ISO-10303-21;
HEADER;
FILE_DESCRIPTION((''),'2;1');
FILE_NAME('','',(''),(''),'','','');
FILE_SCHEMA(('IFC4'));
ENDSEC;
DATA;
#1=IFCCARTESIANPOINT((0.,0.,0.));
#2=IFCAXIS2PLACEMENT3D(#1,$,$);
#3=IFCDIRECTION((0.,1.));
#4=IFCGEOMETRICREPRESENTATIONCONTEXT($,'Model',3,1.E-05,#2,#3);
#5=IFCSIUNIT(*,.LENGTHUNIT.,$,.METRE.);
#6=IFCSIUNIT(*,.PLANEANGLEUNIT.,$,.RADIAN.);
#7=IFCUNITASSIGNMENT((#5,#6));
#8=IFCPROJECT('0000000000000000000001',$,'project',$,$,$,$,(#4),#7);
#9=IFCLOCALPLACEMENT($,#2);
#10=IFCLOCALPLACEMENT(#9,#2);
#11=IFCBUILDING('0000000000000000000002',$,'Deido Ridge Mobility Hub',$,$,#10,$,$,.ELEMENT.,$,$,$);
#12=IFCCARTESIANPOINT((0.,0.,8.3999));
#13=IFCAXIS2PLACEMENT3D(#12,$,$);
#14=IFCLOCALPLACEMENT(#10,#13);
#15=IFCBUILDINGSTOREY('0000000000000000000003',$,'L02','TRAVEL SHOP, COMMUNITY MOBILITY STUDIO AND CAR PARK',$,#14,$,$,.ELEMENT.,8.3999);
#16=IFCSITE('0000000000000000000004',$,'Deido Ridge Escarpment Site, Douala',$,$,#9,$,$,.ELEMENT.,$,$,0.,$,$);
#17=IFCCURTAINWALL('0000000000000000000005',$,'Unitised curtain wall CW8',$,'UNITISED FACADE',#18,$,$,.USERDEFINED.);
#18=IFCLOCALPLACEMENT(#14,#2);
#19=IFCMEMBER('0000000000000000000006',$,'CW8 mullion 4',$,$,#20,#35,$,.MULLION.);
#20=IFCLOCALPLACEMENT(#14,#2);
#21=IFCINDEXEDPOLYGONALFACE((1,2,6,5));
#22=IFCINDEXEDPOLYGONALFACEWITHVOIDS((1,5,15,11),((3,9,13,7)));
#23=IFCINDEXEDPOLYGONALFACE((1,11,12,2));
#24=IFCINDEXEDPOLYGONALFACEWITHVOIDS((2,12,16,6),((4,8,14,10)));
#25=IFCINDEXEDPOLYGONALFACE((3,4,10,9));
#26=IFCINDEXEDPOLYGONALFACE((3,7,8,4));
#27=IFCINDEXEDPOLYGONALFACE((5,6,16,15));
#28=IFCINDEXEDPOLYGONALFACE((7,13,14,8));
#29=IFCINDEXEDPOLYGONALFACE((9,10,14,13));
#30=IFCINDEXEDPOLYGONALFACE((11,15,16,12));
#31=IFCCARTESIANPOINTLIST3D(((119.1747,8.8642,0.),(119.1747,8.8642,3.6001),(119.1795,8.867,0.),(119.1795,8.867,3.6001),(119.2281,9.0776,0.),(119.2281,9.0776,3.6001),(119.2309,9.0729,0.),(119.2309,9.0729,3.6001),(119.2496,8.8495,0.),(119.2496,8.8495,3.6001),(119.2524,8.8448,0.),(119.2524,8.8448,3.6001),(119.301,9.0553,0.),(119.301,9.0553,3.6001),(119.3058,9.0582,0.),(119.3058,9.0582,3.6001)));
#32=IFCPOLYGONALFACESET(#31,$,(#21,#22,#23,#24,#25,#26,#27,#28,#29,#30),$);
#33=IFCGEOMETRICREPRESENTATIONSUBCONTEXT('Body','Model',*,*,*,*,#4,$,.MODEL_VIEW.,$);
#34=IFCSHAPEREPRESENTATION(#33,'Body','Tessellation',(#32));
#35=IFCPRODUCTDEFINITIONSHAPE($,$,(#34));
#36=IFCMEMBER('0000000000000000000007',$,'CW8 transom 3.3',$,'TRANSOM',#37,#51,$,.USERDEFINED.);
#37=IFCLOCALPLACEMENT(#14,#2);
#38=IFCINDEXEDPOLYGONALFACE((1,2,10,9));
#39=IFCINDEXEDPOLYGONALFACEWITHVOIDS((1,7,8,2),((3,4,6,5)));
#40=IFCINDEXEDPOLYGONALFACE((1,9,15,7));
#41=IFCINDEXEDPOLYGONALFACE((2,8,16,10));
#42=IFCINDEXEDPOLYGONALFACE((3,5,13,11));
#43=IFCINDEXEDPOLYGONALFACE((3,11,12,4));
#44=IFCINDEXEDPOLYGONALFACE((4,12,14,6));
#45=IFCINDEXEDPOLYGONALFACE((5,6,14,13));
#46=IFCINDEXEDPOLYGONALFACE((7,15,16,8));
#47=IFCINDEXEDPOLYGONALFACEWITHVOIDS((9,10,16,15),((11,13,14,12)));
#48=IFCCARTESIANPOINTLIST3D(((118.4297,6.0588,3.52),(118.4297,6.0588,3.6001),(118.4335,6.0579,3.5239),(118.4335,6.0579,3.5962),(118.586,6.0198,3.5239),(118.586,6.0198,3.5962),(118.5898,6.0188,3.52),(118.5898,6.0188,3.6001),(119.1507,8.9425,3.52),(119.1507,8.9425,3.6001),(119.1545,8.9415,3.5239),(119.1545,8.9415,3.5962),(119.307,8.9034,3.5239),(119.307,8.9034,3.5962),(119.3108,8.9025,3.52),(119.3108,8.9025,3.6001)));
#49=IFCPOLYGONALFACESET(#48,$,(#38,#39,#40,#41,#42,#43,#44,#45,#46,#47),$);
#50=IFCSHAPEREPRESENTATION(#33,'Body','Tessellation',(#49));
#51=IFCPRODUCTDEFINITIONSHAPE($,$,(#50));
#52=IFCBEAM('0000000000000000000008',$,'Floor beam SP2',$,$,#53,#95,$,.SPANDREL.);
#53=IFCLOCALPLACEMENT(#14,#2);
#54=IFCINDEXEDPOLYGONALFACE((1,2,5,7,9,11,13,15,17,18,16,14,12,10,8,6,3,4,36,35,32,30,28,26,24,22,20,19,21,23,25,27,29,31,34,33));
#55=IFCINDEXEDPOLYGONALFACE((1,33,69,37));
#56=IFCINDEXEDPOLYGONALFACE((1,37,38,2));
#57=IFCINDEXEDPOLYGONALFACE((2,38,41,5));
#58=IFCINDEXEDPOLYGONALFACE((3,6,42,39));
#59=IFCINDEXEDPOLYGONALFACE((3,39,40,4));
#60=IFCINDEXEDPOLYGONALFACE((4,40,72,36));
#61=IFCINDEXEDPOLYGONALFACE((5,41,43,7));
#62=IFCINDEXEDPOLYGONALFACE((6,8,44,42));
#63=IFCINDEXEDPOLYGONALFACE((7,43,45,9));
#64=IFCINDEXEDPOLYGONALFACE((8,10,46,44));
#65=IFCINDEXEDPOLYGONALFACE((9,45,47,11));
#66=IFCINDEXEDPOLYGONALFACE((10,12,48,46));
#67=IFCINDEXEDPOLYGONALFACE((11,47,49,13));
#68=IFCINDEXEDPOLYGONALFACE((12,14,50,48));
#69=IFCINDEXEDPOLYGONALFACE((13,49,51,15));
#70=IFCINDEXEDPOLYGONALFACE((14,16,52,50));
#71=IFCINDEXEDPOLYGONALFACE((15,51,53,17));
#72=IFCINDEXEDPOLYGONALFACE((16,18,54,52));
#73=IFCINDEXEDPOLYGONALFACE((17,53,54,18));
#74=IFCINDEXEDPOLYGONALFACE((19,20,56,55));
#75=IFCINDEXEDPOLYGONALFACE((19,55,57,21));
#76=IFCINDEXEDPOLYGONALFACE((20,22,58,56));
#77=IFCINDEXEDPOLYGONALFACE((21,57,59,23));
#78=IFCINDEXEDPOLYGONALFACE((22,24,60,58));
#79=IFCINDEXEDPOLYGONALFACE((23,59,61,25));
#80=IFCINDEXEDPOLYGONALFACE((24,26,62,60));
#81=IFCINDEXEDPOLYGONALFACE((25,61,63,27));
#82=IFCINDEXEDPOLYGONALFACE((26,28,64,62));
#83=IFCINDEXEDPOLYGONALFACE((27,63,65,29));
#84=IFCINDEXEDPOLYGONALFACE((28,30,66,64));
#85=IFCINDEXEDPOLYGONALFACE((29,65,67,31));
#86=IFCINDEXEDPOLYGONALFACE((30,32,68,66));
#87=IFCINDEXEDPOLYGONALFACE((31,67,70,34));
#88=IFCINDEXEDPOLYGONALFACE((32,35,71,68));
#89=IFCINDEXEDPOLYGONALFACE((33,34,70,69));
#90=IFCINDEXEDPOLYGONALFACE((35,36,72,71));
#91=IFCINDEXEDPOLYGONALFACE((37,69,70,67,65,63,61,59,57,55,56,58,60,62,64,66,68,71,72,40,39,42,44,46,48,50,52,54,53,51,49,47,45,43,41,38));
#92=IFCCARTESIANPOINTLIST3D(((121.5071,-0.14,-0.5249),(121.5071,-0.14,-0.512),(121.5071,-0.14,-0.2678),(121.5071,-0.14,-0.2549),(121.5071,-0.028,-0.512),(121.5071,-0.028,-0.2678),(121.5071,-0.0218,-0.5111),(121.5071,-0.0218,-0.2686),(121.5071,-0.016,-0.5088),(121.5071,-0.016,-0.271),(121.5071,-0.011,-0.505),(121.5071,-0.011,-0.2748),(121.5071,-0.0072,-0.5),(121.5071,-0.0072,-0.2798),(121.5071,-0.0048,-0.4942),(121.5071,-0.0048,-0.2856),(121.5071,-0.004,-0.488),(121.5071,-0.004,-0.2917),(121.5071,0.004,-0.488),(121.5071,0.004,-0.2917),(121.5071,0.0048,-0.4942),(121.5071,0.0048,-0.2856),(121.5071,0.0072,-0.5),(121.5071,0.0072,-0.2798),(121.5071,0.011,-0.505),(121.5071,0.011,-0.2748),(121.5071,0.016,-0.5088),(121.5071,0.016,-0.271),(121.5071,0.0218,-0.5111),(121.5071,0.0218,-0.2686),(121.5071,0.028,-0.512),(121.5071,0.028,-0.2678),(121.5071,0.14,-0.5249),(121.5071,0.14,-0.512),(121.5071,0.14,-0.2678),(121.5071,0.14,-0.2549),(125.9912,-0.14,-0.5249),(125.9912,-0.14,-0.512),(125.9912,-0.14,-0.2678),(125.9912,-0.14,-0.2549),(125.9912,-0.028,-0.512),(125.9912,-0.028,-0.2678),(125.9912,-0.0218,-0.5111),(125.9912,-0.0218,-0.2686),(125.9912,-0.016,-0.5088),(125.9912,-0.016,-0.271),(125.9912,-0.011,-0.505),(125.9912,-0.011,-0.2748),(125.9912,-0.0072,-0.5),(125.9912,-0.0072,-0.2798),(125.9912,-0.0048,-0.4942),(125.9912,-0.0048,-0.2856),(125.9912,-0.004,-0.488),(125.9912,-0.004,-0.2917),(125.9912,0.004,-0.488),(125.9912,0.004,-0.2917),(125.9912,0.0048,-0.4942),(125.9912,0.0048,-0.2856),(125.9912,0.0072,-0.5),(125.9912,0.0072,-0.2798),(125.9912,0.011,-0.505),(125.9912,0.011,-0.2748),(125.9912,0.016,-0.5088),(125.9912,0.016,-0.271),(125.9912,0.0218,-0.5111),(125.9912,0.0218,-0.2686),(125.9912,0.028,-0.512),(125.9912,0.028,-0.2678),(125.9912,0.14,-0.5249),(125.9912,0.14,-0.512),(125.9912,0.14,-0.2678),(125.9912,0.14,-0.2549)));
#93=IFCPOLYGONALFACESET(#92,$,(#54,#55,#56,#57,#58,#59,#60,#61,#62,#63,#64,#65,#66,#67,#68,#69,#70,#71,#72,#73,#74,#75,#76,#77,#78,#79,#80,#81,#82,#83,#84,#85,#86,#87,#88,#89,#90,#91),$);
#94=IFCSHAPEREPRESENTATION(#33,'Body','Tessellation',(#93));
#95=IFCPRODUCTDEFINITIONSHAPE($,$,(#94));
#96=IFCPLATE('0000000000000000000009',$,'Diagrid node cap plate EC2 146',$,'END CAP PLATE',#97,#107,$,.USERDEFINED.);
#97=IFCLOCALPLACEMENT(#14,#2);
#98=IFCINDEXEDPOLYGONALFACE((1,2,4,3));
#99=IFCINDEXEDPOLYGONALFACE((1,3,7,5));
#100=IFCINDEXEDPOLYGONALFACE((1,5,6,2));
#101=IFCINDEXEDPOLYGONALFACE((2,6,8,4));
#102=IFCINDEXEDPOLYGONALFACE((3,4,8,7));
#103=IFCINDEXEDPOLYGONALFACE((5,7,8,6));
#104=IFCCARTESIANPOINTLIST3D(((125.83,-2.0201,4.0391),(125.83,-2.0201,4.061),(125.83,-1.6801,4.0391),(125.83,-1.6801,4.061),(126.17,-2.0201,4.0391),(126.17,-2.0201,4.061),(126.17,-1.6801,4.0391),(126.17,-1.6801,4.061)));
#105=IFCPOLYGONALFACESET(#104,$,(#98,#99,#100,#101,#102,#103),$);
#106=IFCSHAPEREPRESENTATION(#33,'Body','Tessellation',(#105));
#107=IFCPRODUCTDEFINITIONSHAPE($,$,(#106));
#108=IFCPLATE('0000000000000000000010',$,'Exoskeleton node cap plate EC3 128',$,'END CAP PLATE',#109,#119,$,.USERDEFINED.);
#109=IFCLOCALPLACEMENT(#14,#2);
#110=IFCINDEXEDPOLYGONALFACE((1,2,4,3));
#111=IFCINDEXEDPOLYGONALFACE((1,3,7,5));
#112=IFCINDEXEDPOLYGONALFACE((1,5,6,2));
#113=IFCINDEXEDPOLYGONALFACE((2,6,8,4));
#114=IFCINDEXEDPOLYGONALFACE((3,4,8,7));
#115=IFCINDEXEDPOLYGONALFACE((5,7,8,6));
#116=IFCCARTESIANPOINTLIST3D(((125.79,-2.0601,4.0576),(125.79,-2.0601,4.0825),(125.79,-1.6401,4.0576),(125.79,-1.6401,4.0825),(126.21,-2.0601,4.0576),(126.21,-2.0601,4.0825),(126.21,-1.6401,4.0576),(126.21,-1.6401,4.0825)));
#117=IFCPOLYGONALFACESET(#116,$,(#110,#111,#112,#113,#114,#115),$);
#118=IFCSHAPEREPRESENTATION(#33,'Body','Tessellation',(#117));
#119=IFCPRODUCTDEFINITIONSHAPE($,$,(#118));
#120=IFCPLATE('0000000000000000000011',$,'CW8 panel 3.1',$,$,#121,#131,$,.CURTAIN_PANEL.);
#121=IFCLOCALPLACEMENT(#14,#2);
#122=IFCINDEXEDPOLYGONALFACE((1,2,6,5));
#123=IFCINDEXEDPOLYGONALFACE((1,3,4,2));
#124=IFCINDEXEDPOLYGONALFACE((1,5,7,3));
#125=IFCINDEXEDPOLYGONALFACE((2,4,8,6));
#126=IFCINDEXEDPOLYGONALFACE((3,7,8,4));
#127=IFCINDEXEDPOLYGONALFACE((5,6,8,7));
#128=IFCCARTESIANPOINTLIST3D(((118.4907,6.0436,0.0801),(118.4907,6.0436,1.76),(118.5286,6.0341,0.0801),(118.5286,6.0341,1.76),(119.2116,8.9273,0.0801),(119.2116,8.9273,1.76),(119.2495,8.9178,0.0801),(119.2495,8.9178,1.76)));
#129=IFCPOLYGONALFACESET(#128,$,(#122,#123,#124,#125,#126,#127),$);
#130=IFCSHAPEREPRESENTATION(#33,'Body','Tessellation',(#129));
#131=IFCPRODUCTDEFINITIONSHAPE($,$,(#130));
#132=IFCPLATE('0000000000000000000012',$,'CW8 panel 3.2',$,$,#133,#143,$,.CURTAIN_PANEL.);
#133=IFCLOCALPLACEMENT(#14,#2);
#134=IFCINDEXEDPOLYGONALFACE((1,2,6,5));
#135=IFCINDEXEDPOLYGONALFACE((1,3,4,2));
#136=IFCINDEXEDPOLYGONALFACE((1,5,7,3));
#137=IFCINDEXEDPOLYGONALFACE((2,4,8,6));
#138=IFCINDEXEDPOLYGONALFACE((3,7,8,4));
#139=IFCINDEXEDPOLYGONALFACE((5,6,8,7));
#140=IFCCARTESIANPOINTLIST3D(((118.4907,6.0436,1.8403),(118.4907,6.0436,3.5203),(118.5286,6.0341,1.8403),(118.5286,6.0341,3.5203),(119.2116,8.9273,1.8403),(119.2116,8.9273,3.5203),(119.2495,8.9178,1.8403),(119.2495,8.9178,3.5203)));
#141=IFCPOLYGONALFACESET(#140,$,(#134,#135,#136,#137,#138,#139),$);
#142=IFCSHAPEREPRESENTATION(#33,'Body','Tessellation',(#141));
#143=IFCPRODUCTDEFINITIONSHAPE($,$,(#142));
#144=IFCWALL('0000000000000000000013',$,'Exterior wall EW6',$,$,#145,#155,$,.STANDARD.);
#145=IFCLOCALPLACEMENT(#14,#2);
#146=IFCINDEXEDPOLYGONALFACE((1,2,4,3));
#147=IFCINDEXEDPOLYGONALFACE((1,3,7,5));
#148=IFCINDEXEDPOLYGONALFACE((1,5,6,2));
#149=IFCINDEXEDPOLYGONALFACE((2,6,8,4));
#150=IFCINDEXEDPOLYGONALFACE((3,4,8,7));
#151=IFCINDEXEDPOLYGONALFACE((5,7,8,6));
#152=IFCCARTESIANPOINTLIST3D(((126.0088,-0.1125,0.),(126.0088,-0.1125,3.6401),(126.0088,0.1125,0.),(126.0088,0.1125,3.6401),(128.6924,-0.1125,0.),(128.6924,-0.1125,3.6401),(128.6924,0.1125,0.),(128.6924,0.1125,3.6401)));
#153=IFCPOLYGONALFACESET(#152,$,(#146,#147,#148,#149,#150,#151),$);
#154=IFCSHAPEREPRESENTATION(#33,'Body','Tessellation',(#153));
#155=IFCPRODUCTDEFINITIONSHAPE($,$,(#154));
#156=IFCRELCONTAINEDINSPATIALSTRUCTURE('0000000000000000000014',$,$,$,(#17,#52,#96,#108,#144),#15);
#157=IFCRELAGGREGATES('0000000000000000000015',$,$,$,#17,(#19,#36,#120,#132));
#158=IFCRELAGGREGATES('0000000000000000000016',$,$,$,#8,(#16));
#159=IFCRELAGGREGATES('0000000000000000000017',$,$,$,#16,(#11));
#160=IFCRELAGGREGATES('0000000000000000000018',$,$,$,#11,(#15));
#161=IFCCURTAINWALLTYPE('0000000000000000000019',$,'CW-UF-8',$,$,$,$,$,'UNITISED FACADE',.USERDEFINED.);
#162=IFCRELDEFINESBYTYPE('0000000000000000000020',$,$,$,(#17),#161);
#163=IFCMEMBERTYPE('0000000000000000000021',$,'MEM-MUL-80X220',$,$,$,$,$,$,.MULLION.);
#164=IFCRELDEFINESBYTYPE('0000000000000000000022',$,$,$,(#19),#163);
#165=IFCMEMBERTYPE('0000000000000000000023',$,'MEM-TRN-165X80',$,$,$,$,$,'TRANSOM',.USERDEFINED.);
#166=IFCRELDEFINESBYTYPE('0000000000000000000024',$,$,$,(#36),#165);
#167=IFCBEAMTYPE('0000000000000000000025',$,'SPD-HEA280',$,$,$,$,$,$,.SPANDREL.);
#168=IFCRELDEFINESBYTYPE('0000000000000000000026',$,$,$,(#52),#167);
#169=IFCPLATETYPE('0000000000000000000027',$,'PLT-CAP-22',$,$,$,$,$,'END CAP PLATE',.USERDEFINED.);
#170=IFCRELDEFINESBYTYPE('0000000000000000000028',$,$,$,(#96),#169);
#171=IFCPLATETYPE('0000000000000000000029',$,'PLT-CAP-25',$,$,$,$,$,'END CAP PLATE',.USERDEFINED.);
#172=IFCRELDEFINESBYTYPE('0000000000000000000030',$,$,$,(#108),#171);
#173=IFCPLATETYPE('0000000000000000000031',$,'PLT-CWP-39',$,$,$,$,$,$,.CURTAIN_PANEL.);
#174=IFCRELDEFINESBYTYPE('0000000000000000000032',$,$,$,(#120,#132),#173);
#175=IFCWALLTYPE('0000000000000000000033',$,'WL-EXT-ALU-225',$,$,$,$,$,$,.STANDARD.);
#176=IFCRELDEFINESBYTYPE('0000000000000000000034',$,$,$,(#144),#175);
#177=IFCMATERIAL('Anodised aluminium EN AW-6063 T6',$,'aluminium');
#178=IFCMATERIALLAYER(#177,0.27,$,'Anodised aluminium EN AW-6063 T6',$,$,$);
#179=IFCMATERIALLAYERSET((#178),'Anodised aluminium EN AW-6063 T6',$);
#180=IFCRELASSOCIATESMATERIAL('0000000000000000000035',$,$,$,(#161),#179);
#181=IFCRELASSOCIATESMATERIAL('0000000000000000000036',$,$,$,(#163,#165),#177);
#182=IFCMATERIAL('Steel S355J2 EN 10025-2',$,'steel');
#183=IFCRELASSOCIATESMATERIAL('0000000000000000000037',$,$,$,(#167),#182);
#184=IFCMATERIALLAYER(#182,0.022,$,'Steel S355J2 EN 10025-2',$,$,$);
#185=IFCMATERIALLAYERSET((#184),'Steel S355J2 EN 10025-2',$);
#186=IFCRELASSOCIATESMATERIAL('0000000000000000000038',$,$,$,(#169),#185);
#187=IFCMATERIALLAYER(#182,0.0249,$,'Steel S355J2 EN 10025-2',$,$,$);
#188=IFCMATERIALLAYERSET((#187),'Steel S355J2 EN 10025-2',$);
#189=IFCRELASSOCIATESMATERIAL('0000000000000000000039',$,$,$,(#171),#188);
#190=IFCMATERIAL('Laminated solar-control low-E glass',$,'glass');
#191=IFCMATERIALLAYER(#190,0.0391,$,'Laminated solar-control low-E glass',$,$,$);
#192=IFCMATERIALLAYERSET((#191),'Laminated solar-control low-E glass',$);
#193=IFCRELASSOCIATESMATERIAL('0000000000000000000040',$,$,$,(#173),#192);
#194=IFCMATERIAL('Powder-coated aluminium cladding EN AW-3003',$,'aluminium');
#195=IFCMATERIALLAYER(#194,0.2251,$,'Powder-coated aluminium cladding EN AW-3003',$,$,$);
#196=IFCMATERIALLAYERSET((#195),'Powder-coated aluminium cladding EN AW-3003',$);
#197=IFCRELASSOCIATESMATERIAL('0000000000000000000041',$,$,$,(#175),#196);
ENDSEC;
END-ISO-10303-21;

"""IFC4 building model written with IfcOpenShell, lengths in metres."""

from ifc_helpers import new_model, si_unit, direction, frame, frame_2d, origin, origin_2d, place, context, subcontext, project, spatial, rectangle, hollow_rectangle, i_section, extrude, material, layer, layer_set, material_profile, profile_set, type_object, element, aggregate, save


model = new_model("IFC4")

# Units and contexts
model_context = context("Model", 3, precision=1e-05, world=origin(), true_north=direction((0.0, 1.0)))
body_context = subcontext(model_context, "Body", "Model", "MODEL_VIEW")
ifc_project = project(units=[si_unit("LENGTHUNIT", "METRE"), si_unit("PLANEANGLEUNIT", "RADIAN")], contexts=[model_context])

# Site, building, storey
site_placement = place(None, origin())
site = spatial("IfcSite", under=ifc_project, at=site_placement, Name="Deido Ridge Escarpment Site, Douala", CompositionType="ELEMENT", RefElevation=0.0)
building_placement = place(site_placement, origin())
building = spatial("IfcBuilding", under=site, at=building_placement, Name="Deido Ridge Mobility Hub", CompositionType="ELEMENT")
storey_placement = place(building_placement, frame((0.0, 0.0, 8.3999)))
storey = spatial("IfcBuildingStorey", under=building, at=storey_placement, Name="L02", Description="TRAVEL SHOP, COMMUNITY MOBILITY STUDIO AND CAR PARK", CompositionType="ELEMENT", Elevation=8.3999)

# Shared definitions
ifc_material_1 = material(Name="Steel S355J2 EN 10025-2", Category="steel")

# Curtain wall, members
ifc_material_2 = material(Name="Anodised aluminium EN AW-6063 T6", Category="aluminium")
ifc_layer_1 = layer(ifc_material_2, 0.27, Name="Anodised aluminium EN AW-6063 T6")
ifc_layer_set_1 = layer_set([ifc_layer_1], Name="Anodised aluminium EN AW-6063 T6")
curtain_wall_type = type_object("IfcCurtainWallType", Name="CW-UF-8", ElementType="UNITISED FACADE", PredefinedType="USERDEFINED", material=ifc_layer_set_1)
curtain_wall_placement = place(storey_placement, origin())
curtain_wall = element("IfcCurtainWall", 1, at=curtain_wall_placement, inside=storey, type_object=curtain_wall_type, Name="Unitised curtain wall CW8", ObjectType="UNITISED FACADE", PredefinedType="USERDEFINED")
ifc_material_profile_1 = material_profile(ifc_material_2, hollow_rectangle(XDim=0.0801, YDim=0.22, WallThickness=0.0039, at=origin_2d()), Name="RHS 80x220x4")
ifc_profile_set_1 = profile_set([ifc_material_profile_1], Name="Anodised aluminium EN AW-6063 T6")
member_type_1 = type_object("IfcMemberType", Name="MEM-MUL-80X220", PredefinedType="MULLION", material=ifc_profile_set_1)
member_1_placement = place(storey_placement, frame((119.2402, 8.9612, 0.0), z_axis=(0.0, 0.0, 1.0), x_axis=(-0.970143, 0.242536, 0.0)))
member_1 = element("IfcMember", 2, at=member_1_placement, type_object=member_type_1, Name="CW8 mullion 4", PredefinedType="MULLION", context=body_context, shape_type="SweptSolid", body=[
    extrude(hollow_rectangle(XDim=0.0801, YDim=0.22, WallThickness=0.0039, at=origin_2d()), origin(), (0.0, 0.0, 1.0), 3.6001),
])
ifc_material_profile_2 = material_profile(ifc_material_2, hollow_rectangle(XDim=0.165, YDim=0.0801, WallThickness=0.0039, at=origin_2d()), Name="RHS 165x80x4")
ifc_profile_set_2 = profile_set([ifc_material_profile_2], Name="Anodised aluminium EN AW-6063 T6")
member_type_2 = type_object("IfcMemberType", Name="MEM-TRN-165X80", ElementType="TRANSOM", PredefinedType="USERDEFINED", material=ifc_profile_set_2)
member_2_placement = place(storey_placement, frame((118.5098, 6.0388, 3.5601), z_axis=(0.242555, 0.970138, 0.0), x_axis=(-0.970138, 0.242555, 0.0)))
member_2 = element("IfcMember", 3, at=member_2_placement, type_object=member_type_2, Name="CW8 transom 3.3", ObjectType="TRANSOM", PredefinedType="USERDEFINED", context=body_context, shape_type="SweptSolid", body=[
    extrude(hollow_rectangle(XDim=0.165, YDim=0.0801, WallThickness=0.0039, at=origin_2d()), origin(), (0.0, 0.0, 1.0), 2.9724),
])

# Beam
ifc_material_profile_3 = material_profile(ifc_material_1, i_section(OverallWidth=0.28, OverallDepth=0.27, WebThickness=0.0081, FlangeThickness=0.0129, FilletRadius=0.0239, at=origin_2d()), Name="HEA 280")
ifc_profile_set_3 = profile_set([ifc_material_profile_3], Name="Steel S355J2 EN 10025-2")
beam_type_1 = type_object("IfcBeamType", Name="SPD-HEA280", PredefinedType="SPANDREL", material=ifc_profile_set_3)
beam_1_placement = place(storey_placement, frame((121.5071, 0.0, -0.3899), z_axis=(1.0, 0.0, 0.0), x_axis=(0.0, 1.0, 0.0)))
element("IfcBeam", 4, at=beam_1_placement, inside=storey, type_object=beam_type_1, Name="Floor beam SP2", PredefinedType="SPANDREL", context=body_context, shape_type="SweptSolid", body=[
    extrude(i_section(OverallWidth=0.28, OverallDepth=0.27, WebThickness=0.0081, FlangeThickness=0.0129, FilletRadius=0.0239, at=origin_2d()), origin(), (0.0, 0.0, 1.0), 4.4841),
])

# Plates
ifc_layer_2 = layer(ifc_material_1, 0.022, Name="Steel S355J2 EN 10025-2")
ifc_layer_set_2 = layer_set([ifc_layer_2], Name="Steel S355J2 EN 10025-2")
plate_type_1 = type_object("IfcPlateType", Name="PLT-CAP-22", ElementType="END CAP PLATE", PredefinedType="USERDEFINED", material=ifc_layer_set_2)
plate_1_placement = place(storey_placement, frame((126.0, -1.8501, 4.0391), z_axis=(0.0, 0.0, 1.0), x_axis=(1.0, 0.0, 0.0)))
element("IfcPlate", 5, at=plate_1_placement, inside=storey, type_object=plate_type_1, Name="Diagrid node cap plate EC2 146", ObjectType="END CAP PLATE", PredefinedType="USERDEFINED", context=body_context, shape_type="SweptSolid", body=[
    extrude(rectangle(XDim=0.3401, YDim=0.3401, at=origin_2d()), origin(), (0.0, 0.0, 1.0), 0.022),
])
ifc_layer_3 = layer(ifc_material_1, 0.0249, Name="Steel S355J2 EN 10025-2")
ifc_layer_set_3 = layer_set([ifc_layer_3], Name="Steel S355J2 EN 10025-2")
plate_type_2 = type_object("IfcPlateType", Name="PLT-CAP-25", ElementType="END CAP PLATE", PredefinedType="USERDEFINED", material=ifc_layer_set_3)
plate_2_placement = place(storey_placement, frame((126.0, -1.8501, 4.0576), z_axis=(0.0, 0.0, 1.0), x_axis=(1.0, 0.0, 0.0)))
element("IfcPlate", 6, at=plate_2_placement, inside=storey, type_object=plate_type_2, Name="Exoskeleton node cap plate EC3 128", ObjectType="END CAP PLATE", PredefinedType="USERDEFINED", context=body_context, shape_type="SweptSolid", body=[
    extrude(rectangle(XDim=0.4199, YDim=0.4199, at=origin_2d()), origin(), (0.0, 0.0, 1.0), 0.0249),
])

# Plates
ifc_material_3 = material(Name="Laminated solar-control low-E glass", Category="glass")
ifc_layer_4 = layer(ifc_material_3, 0.0391, Name="Laminated solar-control low-E glass")
ifc_layer_set_4 = layer_set([ifc_layer_4], Name="Laminated solar-control low-E glass")
plate_type_3 = type_object("IfcPlateType", Name="PLT-CWP-39", PredefinedType="CURTAIN_PANEL", material=ifc_layer_set_4)
plate_3_placement = place(storey_placement, frame((118.8701, 7.4807, 0.0801), z_axis=(0.0, 0.0, 1.0), x_axis=(0.242536, 0.970143, 0.0)))
plate_3 = element("IfcPlate", 7, at=plate_3_placement, type_object=plate_type_3, Name="CW8 panel 3.1", PredefinedType="CURTAIN_PANEL", context=body_context, shape_type="SweptSolid", body=[
    extrude(rectangle(XDim=2.9724, YDim=0.0391, at=origin_2d()), origin(), (0.0, 0.0, 1.0), 1.6799),
])
plate_4_placement = place(storey_placement, frame((118.8701, 7.4807, 1.8403), z_axis=(0.0, 0.0, 1.0), x_axis=(0.242536, 0.970143, 0.0)))
plate_4 = element("IfcPlate", 8, at=plate_4_placement, type_object=plate_type_3, Name="CW8 panel 3.2", PredefinedType="CURTAIN_PANEL", context=body_context, shape_type="SweptSolid", body=[
    extrude(rectangle(XDim=2.9724, YDim=0.0391, at=origin_2d()), origin(), (0.0, 0.0, 1.0), 1.6799),
])
aggregate(curtain_wall, [member_1, member_2, plate_3, plate_4])

# Wall
ifc_material_4 = material(Name="Powder-coated aluminium cladding EN AW-3003", Category="aluminium")
ifc_layer_5 = layer(ifc_material_4, 0.2251, Name="Powder-coated aluminium cladding EN AW-3003")
ifc_layer_set_5 = layer_set([ifc_layer_5], Name="Powder-coated aluminium cladding EN AW-3003")
wall_type_1 = type_object("IfcWallType", Name="WL-EXT-ALU-225", PredefinedType="STANDARD", material=ifc_layer_set_5)
wall_1_placement = place(storey_placement, frame((126.0088, 0.0, 0.0), z_axis=(0.0, 0.0, 1.0), x_axis=(1.0, 0.0, 0.0)))
element("IfcWall", 9, at=wall_1_placement, inside=storey, type_object=wall_type_1, Name="Exterior wall EW6", PredefinedType="STANDARD", context=body_context, shape_type="SweptSolid", body=[
    extrude(rectangle(XDim=2.6836, YDim=0.2251, at=frame_2d((1.3418, 0.0))), origin(), (0.0, 0.0, 1.0), 3.6401),
])

save(model, "model.ifc")
